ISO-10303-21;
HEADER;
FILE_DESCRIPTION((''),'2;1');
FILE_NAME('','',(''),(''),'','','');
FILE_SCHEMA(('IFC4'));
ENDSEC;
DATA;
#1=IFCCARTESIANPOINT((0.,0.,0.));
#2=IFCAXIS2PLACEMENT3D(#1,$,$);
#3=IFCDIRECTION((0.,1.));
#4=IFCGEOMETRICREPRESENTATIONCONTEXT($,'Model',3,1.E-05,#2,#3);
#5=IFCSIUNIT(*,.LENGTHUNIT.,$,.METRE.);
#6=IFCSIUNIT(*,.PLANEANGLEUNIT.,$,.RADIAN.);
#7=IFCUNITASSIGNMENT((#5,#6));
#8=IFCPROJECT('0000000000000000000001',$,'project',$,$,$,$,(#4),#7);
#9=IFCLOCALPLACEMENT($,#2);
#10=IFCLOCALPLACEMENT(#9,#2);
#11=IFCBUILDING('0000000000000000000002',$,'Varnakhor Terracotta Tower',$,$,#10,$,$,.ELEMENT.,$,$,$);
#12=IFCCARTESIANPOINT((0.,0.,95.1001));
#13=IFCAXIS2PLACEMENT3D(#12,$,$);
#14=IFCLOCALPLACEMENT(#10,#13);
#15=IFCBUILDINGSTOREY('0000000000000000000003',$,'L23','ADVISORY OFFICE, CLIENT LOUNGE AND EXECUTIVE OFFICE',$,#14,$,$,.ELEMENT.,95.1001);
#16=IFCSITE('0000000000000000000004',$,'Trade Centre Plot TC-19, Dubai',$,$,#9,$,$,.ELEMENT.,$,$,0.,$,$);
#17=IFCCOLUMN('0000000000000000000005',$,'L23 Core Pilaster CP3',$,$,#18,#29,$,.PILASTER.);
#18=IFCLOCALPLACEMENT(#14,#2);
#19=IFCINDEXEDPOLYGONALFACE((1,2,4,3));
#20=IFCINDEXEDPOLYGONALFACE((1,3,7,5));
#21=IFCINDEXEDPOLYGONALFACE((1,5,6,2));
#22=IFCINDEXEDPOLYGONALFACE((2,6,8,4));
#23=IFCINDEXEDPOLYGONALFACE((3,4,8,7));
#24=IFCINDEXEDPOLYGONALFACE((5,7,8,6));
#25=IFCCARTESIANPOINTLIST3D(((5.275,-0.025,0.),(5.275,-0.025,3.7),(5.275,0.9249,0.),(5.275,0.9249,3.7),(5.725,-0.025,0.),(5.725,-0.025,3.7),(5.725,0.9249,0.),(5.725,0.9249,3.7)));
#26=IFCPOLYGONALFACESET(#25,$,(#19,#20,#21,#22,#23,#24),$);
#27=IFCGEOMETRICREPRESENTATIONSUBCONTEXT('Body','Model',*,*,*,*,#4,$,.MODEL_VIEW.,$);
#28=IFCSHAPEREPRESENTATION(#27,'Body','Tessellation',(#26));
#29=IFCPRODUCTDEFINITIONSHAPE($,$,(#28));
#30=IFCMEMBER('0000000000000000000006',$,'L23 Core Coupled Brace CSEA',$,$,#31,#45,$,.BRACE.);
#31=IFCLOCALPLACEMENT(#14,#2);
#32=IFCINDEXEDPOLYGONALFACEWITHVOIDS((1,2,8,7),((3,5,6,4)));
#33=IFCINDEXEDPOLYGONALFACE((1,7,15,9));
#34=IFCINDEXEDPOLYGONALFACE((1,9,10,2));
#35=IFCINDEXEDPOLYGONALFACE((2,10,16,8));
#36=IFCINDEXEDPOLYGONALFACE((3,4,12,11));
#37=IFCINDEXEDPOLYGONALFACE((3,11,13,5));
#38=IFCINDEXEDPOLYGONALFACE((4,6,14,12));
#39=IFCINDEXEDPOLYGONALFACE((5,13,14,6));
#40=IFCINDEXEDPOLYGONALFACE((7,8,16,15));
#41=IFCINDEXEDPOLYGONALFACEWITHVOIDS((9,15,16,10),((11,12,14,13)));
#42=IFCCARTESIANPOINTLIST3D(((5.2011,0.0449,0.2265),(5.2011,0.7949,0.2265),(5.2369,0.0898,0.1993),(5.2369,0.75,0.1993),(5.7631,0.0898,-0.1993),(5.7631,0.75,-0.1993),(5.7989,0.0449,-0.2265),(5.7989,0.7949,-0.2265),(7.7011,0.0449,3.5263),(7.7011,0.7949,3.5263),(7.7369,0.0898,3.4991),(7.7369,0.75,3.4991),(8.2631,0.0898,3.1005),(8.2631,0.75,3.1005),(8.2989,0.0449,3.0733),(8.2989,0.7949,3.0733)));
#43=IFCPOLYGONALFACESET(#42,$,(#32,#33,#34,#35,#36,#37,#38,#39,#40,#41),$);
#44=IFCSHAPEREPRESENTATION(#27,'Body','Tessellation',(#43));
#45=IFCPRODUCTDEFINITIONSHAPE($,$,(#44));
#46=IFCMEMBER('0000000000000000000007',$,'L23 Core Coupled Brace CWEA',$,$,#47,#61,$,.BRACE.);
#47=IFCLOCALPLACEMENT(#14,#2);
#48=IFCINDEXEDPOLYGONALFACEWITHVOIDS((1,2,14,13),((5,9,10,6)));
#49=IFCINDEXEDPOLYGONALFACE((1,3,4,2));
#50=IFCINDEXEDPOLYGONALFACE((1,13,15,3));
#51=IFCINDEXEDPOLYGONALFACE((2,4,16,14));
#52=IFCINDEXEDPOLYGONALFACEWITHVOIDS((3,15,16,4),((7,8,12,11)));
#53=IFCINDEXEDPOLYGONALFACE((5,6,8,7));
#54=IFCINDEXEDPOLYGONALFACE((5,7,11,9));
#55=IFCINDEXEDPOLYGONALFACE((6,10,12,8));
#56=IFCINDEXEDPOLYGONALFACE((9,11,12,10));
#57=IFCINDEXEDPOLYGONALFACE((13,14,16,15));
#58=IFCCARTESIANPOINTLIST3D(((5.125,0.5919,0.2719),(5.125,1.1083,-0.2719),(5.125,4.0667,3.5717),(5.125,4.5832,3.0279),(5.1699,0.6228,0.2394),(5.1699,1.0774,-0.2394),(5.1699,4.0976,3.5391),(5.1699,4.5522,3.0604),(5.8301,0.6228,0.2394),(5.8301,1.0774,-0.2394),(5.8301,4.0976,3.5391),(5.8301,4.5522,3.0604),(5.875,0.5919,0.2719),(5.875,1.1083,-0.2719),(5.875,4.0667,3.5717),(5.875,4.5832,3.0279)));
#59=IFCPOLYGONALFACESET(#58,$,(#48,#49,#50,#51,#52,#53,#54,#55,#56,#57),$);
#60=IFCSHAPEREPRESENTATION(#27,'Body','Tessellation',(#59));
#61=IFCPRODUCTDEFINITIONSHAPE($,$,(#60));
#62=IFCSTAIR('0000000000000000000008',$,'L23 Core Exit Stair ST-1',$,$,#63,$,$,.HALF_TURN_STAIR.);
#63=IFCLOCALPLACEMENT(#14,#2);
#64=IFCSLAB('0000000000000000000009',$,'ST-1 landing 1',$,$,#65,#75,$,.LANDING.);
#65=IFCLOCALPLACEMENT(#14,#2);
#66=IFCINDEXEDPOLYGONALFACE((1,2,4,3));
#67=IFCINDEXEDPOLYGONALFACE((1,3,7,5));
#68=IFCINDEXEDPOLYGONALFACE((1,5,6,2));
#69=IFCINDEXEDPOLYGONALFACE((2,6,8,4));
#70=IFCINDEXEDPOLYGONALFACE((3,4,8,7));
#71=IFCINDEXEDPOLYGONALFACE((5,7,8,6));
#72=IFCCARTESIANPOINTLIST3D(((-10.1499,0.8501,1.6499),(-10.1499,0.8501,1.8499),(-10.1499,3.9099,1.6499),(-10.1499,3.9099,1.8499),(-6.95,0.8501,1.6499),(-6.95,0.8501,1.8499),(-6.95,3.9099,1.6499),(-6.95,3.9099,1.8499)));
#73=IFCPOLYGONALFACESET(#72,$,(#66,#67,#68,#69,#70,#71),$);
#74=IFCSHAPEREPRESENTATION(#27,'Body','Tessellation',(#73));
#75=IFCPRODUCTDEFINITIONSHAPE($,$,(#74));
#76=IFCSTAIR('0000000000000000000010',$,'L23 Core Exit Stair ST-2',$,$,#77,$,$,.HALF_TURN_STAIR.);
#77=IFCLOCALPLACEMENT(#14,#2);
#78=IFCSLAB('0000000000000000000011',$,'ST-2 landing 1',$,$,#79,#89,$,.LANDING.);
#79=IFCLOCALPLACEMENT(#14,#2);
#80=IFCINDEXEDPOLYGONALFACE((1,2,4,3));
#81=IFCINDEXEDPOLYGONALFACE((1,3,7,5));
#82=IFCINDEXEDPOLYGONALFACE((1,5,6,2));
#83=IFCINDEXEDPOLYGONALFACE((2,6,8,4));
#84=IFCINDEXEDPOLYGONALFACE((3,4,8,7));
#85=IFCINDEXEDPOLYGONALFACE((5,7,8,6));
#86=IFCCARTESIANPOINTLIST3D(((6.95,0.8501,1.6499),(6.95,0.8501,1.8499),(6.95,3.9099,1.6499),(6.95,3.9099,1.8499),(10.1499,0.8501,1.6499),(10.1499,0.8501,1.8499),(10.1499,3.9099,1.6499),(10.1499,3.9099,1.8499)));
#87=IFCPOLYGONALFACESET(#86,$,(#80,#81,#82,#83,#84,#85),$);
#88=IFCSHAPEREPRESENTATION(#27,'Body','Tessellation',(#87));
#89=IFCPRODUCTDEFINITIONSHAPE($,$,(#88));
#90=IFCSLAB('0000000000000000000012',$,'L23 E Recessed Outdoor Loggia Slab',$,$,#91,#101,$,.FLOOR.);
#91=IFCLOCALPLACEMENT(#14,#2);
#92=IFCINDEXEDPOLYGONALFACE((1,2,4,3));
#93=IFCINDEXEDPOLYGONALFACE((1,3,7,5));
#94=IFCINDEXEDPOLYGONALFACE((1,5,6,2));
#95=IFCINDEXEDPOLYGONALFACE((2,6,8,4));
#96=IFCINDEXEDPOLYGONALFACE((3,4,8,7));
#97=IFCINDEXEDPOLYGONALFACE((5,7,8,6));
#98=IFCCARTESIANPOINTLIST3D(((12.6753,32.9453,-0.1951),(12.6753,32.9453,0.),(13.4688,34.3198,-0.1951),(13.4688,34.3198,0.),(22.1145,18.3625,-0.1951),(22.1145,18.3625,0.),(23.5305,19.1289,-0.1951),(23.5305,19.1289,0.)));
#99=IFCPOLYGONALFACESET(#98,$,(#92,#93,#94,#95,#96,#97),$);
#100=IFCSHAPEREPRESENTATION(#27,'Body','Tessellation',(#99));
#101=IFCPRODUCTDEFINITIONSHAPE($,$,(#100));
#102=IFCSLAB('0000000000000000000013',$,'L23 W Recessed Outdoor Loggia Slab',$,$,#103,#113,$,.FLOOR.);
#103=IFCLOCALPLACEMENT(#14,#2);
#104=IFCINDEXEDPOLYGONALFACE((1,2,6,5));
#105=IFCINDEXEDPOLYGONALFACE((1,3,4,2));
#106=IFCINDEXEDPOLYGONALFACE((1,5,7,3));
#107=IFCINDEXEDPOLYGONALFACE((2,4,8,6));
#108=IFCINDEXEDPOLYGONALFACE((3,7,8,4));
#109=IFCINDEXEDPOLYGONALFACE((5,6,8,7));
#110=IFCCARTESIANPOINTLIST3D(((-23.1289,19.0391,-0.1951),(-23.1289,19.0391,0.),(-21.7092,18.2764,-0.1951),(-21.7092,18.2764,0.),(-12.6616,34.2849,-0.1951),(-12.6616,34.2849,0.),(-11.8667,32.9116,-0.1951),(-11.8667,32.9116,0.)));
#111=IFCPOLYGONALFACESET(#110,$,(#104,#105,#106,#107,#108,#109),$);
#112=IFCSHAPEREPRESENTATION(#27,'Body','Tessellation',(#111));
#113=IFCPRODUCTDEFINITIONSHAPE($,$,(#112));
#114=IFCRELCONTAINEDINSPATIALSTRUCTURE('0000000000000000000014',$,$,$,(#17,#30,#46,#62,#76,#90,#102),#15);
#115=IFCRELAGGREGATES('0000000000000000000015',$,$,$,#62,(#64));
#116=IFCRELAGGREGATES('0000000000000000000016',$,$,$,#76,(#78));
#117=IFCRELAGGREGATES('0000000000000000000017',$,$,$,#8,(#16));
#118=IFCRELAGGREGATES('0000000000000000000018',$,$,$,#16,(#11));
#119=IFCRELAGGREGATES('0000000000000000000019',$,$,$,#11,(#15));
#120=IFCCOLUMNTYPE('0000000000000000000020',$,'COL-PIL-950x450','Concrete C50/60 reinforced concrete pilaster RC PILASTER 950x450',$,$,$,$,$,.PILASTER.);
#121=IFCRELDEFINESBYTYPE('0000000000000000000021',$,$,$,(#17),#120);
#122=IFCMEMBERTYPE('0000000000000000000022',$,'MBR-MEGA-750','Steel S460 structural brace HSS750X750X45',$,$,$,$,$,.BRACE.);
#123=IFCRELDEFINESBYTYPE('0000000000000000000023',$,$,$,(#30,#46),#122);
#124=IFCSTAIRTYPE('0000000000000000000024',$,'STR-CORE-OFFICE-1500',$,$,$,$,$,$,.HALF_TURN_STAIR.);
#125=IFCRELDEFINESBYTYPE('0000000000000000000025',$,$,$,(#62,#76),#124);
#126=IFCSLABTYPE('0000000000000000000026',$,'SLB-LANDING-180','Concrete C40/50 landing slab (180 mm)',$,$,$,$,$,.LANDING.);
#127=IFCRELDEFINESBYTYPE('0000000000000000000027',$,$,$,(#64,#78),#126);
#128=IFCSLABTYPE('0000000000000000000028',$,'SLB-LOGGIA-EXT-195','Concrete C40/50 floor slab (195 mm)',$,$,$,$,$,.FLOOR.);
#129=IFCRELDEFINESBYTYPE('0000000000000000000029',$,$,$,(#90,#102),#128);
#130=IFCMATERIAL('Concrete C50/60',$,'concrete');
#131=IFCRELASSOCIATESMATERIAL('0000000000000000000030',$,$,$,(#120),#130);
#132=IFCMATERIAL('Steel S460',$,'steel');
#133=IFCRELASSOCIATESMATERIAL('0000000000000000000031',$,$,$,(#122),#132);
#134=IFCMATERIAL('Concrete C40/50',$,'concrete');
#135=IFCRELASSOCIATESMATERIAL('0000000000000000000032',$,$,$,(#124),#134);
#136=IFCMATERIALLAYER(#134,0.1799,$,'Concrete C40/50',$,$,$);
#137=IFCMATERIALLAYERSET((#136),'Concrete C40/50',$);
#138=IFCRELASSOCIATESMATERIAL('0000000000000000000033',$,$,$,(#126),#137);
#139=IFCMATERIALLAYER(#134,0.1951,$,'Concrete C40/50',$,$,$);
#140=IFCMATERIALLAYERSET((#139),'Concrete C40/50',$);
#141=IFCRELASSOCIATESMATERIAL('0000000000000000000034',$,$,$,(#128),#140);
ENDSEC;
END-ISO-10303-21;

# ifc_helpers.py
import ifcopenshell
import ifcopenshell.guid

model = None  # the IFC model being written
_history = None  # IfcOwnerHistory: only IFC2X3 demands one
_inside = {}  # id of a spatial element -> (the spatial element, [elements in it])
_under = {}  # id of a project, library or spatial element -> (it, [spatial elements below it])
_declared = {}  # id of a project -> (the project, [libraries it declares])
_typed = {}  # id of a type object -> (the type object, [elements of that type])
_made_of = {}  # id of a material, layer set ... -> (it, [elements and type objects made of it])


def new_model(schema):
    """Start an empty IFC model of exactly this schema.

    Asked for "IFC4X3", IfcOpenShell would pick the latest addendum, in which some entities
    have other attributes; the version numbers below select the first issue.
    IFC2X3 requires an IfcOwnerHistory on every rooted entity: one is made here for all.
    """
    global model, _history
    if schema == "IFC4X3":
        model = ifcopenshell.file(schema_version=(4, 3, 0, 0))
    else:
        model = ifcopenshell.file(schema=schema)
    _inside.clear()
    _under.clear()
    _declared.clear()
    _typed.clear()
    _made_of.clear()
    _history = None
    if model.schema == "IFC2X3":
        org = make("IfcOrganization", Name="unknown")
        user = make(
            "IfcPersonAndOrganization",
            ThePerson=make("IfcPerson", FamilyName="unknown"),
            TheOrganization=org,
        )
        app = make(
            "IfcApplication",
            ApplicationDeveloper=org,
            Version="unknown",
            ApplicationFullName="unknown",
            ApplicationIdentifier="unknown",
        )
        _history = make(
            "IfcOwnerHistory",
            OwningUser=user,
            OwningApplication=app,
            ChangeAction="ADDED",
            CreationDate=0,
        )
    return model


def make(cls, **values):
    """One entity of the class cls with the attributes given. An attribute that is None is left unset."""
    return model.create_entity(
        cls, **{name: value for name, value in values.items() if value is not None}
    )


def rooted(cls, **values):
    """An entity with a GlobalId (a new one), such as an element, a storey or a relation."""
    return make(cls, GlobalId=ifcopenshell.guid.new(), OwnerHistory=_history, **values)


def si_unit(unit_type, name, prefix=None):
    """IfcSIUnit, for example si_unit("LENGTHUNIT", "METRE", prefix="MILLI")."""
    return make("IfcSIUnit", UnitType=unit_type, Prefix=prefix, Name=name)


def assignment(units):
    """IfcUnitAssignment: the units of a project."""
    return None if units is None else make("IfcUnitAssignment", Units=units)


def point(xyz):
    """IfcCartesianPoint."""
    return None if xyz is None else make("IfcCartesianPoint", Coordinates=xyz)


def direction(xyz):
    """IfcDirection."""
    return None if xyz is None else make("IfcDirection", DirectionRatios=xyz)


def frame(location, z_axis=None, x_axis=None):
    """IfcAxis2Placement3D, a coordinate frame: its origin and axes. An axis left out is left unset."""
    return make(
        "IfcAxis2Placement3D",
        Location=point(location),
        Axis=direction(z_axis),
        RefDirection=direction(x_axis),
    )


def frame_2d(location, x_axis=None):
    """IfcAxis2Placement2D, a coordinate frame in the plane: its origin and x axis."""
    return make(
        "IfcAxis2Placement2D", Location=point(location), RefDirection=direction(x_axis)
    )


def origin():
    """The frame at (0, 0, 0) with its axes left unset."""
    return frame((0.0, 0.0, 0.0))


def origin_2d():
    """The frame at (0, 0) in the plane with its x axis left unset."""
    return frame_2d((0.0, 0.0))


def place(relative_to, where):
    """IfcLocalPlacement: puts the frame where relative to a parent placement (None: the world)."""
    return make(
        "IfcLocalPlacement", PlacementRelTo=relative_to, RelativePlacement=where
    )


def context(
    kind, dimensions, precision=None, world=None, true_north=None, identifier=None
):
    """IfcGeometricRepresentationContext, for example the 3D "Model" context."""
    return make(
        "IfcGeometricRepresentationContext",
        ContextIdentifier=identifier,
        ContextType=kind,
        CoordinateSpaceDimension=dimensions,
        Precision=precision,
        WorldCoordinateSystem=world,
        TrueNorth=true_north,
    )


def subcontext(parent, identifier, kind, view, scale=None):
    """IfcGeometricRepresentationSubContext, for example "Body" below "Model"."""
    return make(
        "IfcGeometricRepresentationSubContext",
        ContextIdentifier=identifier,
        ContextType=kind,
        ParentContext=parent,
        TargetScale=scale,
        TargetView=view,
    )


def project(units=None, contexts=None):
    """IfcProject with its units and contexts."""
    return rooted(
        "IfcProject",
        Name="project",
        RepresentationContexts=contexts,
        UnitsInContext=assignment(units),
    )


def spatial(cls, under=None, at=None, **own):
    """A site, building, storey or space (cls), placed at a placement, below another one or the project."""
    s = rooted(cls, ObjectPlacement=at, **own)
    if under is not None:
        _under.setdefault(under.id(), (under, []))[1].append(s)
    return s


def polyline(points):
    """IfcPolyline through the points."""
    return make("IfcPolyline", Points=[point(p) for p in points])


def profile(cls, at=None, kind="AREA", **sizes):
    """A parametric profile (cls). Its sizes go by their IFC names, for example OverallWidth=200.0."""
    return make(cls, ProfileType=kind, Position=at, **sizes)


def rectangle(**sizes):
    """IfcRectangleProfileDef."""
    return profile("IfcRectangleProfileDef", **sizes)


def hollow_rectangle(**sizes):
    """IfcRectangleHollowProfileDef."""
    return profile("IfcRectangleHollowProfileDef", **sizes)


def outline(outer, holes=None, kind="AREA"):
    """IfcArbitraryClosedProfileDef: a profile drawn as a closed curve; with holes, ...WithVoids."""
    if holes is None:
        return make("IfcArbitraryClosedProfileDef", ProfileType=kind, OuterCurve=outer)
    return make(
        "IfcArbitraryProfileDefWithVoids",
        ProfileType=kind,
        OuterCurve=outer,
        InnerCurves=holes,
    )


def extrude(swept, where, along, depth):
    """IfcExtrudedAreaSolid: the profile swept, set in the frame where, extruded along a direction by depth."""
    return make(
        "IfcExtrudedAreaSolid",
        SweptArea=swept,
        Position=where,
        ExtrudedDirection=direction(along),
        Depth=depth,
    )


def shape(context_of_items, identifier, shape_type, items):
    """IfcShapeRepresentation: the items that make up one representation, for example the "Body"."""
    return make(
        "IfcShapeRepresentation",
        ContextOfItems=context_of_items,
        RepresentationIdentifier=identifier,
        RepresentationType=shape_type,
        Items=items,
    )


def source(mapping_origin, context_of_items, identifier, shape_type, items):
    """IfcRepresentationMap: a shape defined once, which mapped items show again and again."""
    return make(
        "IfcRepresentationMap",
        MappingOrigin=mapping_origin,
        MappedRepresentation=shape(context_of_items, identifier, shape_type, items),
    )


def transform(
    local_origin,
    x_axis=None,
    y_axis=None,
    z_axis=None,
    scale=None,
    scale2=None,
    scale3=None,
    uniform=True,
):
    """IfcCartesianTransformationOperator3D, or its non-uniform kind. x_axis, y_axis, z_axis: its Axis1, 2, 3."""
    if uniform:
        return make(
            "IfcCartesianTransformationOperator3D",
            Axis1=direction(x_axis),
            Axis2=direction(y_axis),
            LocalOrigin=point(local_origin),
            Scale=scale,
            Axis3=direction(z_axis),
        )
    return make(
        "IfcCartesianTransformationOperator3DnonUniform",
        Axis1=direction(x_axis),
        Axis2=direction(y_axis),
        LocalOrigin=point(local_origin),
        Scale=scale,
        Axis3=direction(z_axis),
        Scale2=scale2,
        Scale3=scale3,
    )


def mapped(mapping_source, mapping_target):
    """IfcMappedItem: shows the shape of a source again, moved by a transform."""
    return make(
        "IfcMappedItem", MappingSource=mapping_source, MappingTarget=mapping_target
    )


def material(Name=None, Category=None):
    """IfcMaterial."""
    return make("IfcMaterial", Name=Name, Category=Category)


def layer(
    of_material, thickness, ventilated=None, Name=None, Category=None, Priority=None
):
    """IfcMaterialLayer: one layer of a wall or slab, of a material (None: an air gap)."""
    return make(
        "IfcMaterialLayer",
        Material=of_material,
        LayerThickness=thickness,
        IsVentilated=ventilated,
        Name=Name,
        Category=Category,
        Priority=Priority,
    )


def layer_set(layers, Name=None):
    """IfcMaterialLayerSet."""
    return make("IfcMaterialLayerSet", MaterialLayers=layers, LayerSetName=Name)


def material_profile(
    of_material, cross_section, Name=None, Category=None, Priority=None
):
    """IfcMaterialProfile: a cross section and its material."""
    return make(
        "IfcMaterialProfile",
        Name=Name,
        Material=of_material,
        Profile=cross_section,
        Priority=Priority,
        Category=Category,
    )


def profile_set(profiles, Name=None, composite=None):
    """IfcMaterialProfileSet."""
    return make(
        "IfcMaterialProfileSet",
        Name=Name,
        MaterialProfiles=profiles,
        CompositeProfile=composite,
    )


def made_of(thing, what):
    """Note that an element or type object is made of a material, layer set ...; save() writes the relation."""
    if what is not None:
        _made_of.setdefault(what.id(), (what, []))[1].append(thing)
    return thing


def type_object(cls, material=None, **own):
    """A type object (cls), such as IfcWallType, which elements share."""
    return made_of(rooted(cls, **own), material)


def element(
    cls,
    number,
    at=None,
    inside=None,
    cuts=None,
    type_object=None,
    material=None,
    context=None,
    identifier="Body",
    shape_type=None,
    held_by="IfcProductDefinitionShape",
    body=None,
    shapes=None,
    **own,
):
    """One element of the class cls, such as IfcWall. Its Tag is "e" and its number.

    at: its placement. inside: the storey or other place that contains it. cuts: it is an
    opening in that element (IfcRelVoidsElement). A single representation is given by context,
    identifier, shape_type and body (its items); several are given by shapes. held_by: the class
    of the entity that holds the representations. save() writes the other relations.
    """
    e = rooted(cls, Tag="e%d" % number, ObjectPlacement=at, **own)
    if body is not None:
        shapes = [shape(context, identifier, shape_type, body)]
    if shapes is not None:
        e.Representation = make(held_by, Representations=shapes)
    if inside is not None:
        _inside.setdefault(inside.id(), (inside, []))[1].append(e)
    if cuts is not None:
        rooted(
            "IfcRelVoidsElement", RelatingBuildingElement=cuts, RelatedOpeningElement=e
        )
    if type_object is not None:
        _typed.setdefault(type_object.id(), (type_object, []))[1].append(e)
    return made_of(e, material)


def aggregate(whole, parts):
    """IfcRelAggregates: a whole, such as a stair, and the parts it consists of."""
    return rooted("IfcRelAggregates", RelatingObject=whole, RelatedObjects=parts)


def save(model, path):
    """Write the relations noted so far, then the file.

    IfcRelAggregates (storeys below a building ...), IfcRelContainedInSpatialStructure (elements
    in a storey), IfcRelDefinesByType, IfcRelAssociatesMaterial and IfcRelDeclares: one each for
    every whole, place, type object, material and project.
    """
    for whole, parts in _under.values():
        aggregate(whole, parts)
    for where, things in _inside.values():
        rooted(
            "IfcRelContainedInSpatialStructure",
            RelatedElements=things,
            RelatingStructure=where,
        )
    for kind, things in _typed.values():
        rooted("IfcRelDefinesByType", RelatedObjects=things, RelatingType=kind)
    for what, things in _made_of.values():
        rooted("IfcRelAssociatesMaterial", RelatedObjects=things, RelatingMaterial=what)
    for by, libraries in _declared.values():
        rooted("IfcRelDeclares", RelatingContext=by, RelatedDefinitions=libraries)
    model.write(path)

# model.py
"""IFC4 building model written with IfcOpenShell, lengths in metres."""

from ifc_helpers import new_model, si_unit, direction, frame, origin, origin_2d, place, context, subcontext, project, spatial, polyline, rectangle, hollow_rectangle, outline, extrude, source, transform, mapped, material, layer, layer_set, material_profile, profile_set, type_object, element, aggregate, save


model = new_model("IFC4")

# Units and contexts
model_context = context("Model", 3, precision=1e-05, world=origin(), true_north=direction((0.0, 1.0)))
body_context = subcontext(model_context, "Body", "Model", "MODEL_VIEW")
ifc_project = project(units=[si_unit("LENGTHUNIT", "METRE"), si_unit("PLANEANGLEUNIT", "RADIAN")], contexts=[model_context])

# Site, building, storey
site_placement = place(None, origin())
site = spatial("IfcSite", under=ifc_project, at=site_placement, Name="Trade Centre Plot TC-19, Dubai", CompositionType="ELEMENT", RefElevation=0.0)
building_placement = place(site_placement, origin())
building = spatial("IfcBuilding", under=site, at=building_placement, Name="Varnakhor Terracotta Tower", CompositionType="ELEMENT")
storey_placement = place(building_placement, frame((0.0, 0.0, 95.1001)))
storey = spatial("IfcBuildingStorey", under=building, at=storey_placement, Name="L23", Description="ADVISORY OFFICE, CLIENT LOUNGE AND EXECUTIVE OFFICE", CompositionType="ELEMENT", Elevation=95.1001)

# Column
ifc_material_1 = material(Name="Concrete C50/60", Category="concrete")
ifc_material_profile_1 = material_profile(ifc_material_1, rectangle(XDim=0.45, YDim=0.95, at=origin_2d()), Name="RC PILASTER 950x450")
ifc_profile_set_1 = profile_set([ifc_material_profile_1], Name="Concrete C50/60")
column_type = type_object("IfcColumnType", Name="COL-PIL-950x450", Description="Concrete C50/60 reinforced concrete pilaster RC PILASTER 950x450", PredefinedType="PILASTER", material=ifc_profile_set_1)
shared_shape_1 = source(origin(), body_context, "Body", "SweptSolid", [
    extrude(rectangle(XDim=0.45, YDim=0.95, at=origin_2d()), origin(), (0.0, 0.0, 1.0), 3.7),
])
column_placement = place(storey_placement, frame((5.5, 0.45, 0.0), z_axis=(0.0, 0.0, 1.0), x_axis=(1.0, 0.0, 0.0)))
element("IfcColumn", 1, at=column_placement, inside=storey, type_object=column_type, Name="L23 Core Pilaster CP3", PredefinedType="PILASTER", context=body_context, shape_type="MappedRepresentation", body=[
    mapped(shared_shape_1, transform((0.0, 0.0, 0.0), scale=1.0)),
])

# Members
ifc_material_2 = material(Name="Steel S460", Category="steel")
ifc_material_profile_2 = material_profile(ifc_material_2, hollow_rectangle(XDim=0.75, YDim=0.75, WallThickness=0.0449, at=origin_2d()), Name="HSS750X750X45")
ifc_profile_set_2 = profile_set([ifc_material_profile_2], Name="Steel S460")
member_type = type_object("IfcMemberType", Name="MBR-MEGA-750", Description="Steel S460 structural brace HSS750X750X45", PredefinedType="BRACE", material=ifc_profile_set_2)
shared_shape_2 = source(origin(), body_context, "Body", "SweptSolid", [
    extrude(hollow_rectangle(XDim=0.75, YDim=0.75, WallThickness=0.0449, at=origin_2d()), origin(), (0.0, 0.0, 1.0), 4.1399),
])
member_1_placement = place(storey_placement, frame((5.5, 0.4199, 0.0), z_axis=(0.60388, 0.0, 0.797075), x_axis=(0.0, 1.0, 0.0)))
element("IfcMember", 2, at=member_1_placement, inside=storey, type_object=member_type, Name="L23 Core Coupled Brace CSEA", PredefinedType="BRACE", context=body_context, shape_type="MappedRepresentation", body=[
    mapped(shared_shape_2, transform((0.0, 0.0, 0.0), scale=1.0)),
])
shared_shape_3 = source(origin(), body_context, "Body", "SweptSolid", [
    extrude(hollow_rectangle(XDim=0.75, YDim=0.75, WallThickness=0.0449, at=origin_2d()), origin(), (0.0, 0.0, 1.0), 4.792),
])
member_2_placement = place(storey_placement, frame((5.5, 0.8501, 0.0), z_axis=(0.0, 0.725136, 0.688606), x_axis=(-1.0, 0.0, 0.0)))
element("IfcMember", 3, at=member_2_placement, inside=storey, type_object=member_type, Name="L23 Core Coupled Brace CWEA", PredefinedType="BRACE", context=body_context, shape_type="MappedRepresentation", body=[
    mapped(shared_shape_3, transform((0.0, 0.0, 0.0), scale=1.0)),
])

# Stairs, slabs
ifc_material_3 = material(Name="Concrete C40/50", Category="concrete")
stair_type = type_object("IfcStairType", Name="STR-CORE-OFFICE-1500", PredefinedType="HALF_TURN_STAIR", material=ifc_material_3)
stair_1_placement = place(storey_placement, origin())
stair_1 = element("IfcStair", 4, at=stair_1_placement, inside=storey, type_object=stair_type, Name="L23 Core Exit Stair ST-1", PredefinedType="HALF_TURN_STAIR")
ifc_layer_1 = layer(ifc_material_3, 0.1799, Name="Concrete C40/50")
ifc_layer_set_1 = layer_set([ifc_layer_1], Name="Concrete C40/50")
slab_type_1 = type_object("IfcSlabType", Name="SLB-LANDING-180", Description="Concrete C40/50 landing slab (180 mm)", PredefinedType="LANDING", material=ifc_layer_set_1)
slab_1_placement = place(storey_placement, frame((0.0, 0.0, 1.6499)))
slab_1 = element("IfcSlab", 5, at=slab_1_placement, type_object=slab_type_1, Name="ST-1 landing 1", PredefinedType="LANDING", context=body_context, shape_type="SweptSolid", body=[
    extrude(outline(polyline([(-10.1499, 3.9099), (-10.1499, 0.8501), (-6.95, 0.8501), (-6.95, 3.9099), (-10.1499, 3.9099)])), origin(), (0.0, 0.0, 1.0), 0.2),
])
aggregate(stair_1, [slab_1])
stair_2_placement = place(storey_placement, origin())
stair_2 = element("IfcStair", 6, at=stair_2_placement, inside=storey, type_object=stair_type, Name="L23 Core Exit Stair ST-2", PredefinedType="HALF_TURN_STAIR")
slab_2_placement = place(storey_placement, frame((0.0, 0.0, 1.6499)))
slab_2 = element("IfcSlab", 7, at=slab_2_placement, type_object=slab_type_1, Name="ST-2 landing 1", PredefinedType="LANDING", context=body_context, shape_type="SweptSolid", body=[
    extrude(outline(polyline([(6.95, 3.9099), (6.95, 0.8501), (10.1499, 0.8501), (10.1499, 3.9099), (6.95, 3.9099)])), origin(), (0.0, 0.0, 1.0), 0.2),
])
aggregate(stair_2, [slab_2])

# Slabs
ifc_layer_2 = layer(ifc_material_3, 0.1951, Name="Concrete C40/50")
ifc_layer_set_2 = layer_set([ifc_layer_2], Name="Concrete C40/50")
slab_type_2 = type_object("IfcSlabType", Name="SLB-LOGGIA-EXT-195", Description="Concrete C40/50 floor slab (195 mm)", PredefinedType="FLOOR", material=ifc_layer_set_2)
slab_3_placement = place(storey_placement, frame((0.0, 0.0, -0.1951)))
element("IfcSlab", 8, at=slab_3_placement, inside=storey, type_object=slab_type_2, Name="L23 E Recessed Outdoor Loggia Slab", PredefinedType="FLOOR", context=body_context, shape_type="SweptSolid", body=[
    extrude(outline(polyline([(13.4688, 34.3198), (23.5305, 19.1289), (22.1145, 18.3625), (12.6753, 32.9453), (13.4688, 34.3198)])), origin(), (0.0, 0.0, 1.0), 0.1951),
])
slab_4_placement = place(storey_placement, frame((0.0, 0.0, -0.1951)))
element("IfcSlab", 9, at=slab_4_placement, inside=storey, type_object=slab_type_2, Name="L23 W Recessed Outdoor Loggia Slab", PredefinedType="FLOOR", context=body_context, shape_type="SweptSolid", body=[
    extrude(outline(polyline([(-23.1289, 19.0391), (-12.6616, 34.2849), (-11.8667, 32.9116), (-21.7092, 18.2764), (-23.1289, 19.0391)])), origin(), (0.0, 0.0, 1.0), 0.1951),
])

save(model, "model.ifc")
